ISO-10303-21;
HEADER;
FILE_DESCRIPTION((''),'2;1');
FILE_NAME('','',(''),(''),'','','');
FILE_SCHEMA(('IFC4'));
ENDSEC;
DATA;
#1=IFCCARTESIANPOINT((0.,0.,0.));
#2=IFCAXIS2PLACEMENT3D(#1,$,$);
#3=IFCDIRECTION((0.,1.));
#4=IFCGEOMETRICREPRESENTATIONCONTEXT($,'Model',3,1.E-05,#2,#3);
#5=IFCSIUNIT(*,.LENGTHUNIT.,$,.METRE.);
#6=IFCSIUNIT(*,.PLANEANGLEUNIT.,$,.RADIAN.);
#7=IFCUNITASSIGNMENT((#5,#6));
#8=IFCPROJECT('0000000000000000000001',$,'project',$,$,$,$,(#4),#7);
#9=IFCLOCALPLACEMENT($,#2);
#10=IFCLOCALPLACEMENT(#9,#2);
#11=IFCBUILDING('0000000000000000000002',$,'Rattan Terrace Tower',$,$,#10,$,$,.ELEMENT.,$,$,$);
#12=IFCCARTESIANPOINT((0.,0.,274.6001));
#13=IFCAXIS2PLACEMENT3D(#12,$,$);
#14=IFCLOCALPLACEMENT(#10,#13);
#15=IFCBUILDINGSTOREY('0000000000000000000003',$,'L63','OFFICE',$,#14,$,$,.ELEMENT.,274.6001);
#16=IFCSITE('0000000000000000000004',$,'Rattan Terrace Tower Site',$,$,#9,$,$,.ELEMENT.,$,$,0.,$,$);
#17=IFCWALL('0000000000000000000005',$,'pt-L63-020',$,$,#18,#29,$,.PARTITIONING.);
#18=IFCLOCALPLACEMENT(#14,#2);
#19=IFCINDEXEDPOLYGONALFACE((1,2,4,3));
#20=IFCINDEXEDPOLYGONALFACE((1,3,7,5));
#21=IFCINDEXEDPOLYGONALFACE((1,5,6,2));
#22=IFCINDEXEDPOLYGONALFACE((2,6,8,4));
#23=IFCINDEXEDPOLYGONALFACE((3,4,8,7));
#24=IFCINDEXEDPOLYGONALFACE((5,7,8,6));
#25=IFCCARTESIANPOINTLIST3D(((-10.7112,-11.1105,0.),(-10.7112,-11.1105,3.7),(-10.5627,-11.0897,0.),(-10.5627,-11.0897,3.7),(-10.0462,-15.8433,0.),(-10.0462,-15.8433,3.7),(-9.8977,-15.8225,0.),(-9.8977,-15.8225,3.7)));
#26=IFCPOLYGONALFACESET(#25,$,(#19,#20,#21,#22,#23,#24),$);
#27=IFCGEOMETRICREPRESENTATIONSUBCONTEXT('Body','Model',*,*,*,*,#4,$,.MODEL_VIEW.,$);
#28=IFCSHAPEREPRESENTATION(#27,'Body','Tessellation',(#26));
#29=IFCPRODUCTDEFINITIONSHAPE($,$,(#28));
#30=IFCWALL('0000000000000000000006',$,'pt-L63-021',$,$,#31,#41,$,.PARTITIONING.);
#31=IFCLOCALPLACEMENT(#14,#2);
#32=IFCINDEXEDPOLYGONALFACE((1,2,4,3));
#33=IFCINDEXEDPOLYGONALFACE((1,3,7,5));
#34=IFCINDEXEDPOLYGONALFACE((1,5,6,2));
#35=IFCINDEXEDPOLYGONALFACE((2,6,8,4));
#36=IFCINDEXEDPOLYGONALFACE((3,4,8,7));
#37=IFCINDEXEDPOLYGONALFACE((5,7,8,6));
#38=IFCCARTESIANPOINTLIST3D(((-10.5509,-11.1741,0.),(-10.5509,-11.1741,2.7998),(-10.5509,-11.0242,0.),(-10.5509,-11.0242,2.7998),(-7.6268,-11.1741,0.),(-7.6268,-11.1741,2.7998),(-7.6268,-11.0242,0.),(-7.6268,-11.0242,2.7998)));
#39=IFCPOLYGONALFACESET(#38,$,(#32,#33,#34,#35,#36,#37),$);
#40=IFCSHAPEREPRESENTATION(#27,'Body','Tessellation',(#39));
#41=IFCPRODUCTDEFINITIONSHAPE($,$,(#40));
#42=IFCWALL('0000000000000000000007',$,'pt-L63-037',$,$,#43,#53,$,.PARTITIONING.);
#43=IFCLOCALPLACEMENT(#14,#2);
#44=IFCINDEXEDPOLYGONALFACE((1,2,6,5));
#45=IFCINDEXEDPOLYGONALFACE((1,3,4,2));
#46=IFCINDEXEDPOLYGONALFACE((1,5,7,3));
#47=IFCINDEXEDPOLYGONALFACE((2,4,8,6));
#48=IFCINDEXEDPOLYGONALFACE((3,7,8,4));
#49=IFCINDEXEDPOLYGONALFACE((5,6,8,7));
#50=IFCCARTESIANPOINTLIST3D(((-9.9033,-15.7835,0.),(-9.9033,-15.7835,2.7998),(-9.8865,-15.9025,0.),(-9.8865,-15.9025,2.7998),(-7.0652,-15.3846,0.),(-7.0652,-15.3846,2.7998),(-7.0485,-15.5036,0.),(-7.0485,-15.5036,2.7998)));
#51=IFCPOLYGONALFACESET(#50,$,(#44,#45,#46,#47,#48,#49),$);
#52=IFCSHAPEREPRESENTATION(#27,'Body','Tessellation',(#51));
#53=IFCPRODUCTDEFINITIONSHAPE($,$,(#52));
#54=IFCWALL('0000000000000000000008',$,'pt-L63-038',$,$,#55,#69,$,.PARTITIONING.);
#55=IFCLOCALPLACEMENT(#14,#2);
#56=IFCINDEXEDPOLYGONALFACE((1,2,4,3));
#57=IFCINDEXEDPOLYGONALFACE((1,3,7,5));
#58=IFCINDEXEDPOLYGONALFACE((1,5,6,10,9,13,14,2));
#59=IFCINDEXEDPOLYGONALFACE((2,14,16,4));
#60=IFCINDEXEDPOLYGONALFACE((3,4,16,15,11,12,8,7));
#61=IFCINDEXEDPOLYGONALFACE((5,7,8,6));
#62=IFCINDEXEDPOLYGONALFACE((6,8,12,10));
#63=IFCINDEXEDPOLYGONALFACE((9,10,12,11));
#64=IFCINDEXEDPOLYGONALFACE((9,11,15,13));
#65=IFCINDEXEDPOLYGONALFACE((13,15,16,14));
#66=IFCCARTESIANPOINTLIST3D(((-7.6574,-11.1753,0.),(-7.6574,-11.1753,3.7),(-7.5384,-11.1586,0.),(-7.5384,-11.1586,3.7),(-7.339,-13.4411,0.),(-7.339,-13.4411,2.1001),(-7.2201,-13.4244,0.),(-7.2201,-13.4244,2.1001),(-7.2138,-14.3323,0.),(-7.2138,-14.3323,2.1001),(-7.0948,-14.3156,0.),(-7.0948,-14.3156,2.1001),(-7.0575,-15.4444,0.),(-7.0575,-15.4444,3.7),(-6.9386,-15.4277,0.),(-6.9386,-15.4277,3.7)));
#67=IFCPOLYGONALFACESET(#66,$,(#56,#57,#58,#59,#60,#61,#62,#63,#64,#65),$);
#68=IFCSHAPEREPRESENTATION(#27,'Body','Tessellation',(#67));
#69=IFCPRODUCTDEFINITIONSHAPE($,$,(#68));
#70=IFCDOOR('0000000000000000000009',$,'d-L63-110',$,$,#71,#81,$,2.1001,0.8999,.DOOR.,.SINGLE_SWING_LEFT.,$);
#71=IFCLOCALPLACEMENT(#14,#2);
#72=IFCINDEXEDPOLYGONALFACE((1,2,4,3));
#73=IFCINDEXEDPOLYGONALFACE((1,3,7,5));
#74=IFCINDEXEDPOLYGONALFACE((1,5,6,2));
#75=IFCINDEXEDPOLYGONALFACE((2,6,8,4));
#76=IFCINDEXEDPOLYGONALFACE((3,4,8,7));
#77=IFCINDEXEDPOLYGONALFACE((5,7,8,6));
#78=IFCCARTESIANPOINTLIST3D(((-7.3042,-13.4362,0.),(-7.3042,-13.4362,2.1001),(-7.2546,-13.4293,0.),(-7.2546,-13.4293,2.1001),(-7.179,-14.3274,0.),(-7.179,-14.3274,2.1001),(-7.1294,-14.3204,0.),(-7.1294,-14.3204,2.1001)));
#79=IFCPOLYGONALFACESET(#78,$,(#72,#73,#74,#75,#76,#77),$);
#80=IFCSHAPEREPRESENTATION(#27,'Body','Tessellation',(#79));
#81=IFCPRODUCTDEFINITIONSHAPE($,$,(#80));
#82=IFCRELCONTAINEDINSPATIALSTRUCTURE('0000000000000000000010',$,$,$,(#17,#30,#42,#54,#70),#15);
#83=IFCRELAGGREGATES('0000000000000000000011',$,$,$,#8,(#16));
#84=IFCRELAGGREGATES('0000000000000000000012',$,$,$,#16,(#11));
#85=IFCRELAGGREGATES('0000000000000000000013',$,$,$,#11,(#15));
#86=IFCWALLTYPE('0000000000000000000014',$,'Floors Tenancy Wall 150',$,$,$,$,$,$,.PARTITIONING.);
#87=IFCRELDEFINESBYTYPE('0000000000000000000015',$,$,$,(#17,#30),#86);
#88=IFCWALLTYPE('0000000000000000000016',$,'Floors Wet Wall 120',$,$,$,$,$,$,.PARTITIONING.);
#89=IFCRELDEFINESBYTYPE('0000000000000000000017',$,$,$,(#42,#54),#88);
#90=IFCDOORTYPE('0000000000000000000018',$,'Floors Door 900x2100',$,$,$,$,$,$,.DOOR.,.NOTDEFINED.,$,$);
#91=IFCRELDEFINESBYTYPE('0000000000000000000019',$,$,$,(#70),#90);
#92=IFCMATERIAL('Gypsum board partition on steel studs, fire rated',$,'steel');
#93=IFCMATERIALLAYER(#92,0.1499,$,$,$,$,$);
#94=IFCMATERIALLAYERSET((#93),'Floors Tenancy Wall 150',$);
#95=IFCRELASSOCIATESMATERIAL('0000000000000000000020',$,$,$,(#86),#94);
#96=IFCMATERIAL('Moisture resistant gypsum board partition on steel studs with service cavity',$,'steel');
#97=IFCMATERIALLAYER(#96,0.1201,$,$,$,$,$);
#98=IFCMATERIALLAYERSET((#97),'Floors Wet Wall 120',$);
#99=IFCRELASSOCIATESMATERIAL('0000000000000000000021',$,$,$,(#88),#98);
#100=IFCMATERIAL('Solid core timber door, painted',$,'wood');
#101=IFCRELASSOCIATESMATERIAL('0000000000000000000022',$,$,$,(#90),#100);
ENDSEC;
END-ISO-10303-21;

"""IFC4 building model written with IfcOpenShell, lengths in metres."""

from ifc_helpers import new_model, si_unit, direction, frame, frame_2d, origin, place, context, subcontext, project, spatial, rectangle, extrude, material, layer, layer_set, type_object, element, fill, save


model = new_model("IFC4")

# Units and contexts
model_context = context("Model", 3, precision=1e-05, world=origin(), true_north=direction((0.0, 1.0)))
body_context = subcontext(model_context, "Body", "Model", "MODEL_VIEW")
ifc_project = project(units=[si_unit("LENGTHUNIT", "METRE"), si_unit("PLANEANGLEUNIT", "RADIAN")], contexts=[model_context])

# Site, building, storey
site_placement = place(None, origin())
site = spatial("IfcSite", under=ifc_project, at=site_placement, Name="Rattan Terrace Tower Site", CompositionType="ELEMENT", RefElevation=0.0)
building_placement = place(site_placement, origin())
building = spatial("IfcBuilding", under=site, at=building_placement, Name="Rattan Terrace Tower", CompositionType="ELEMENT")
storey_placement = place(building_placement, frame((0.0, 0.0, 274.6001)))
storey = spatial("IfcBuildingStorey", under=building, at=storey_placement, Name="L63", Description="OFFICE", CompositionType="ELEMENT", Elevation=274.6001)

# Shared definitions
ifc_material_1 = material(Name="Gypsum board partition on steel studs, fire rated", Category="steel")
ifc_layer_1 = layer(ifc_material_1, 0.1499)
ifc_layer_set_1 = layer_set([ifc_layer_1], Name="Floors Tenancy Wall 150")
wall_type_1 = type_object("IfcWallType", Name="Floors Tenancy Wall 150", PredefinedType="PARTITIONING", material=ifc_layer_set_1)

# Walls
wall_1_placement = place(storey_placement, frame((-10.637, -11.1001, 0.0), z_axis=(0.0, 0.0, 1.0), x_axis=(0.139147, -0.990272, 0.0)))
element("IfcWall", 1, at=wall_1_placement, inside=storey, type_object=wall_type_1, Name="pt-L63-020", PredefinedType="PARTITIONING", context=body_context, shape_type="SweptSolid", body=[
    extrude(rectangle(XDim=4.7793, YDim=0.1499, at=frame_2d((2.3896, 0.0))), origin(), (0.0, 0.0, 1.0), 3.7),
])
wall_2_placement = place(storey_placement, frame((-7.627, -11.0991, 0.0), z_axis=(0.0, 0.0, 1.0), x_axis=(-1.0, 0.0, 0.0)))
element("IfcWall", 2, at=wall_2_placement, inside=storey, type_object=wall_type_1, Name="pt-L63-021", PredefinedType="PARTITIONING", context=body_context, shape_type="SweptSolid", body=[
    extrude(rectangle(XDim=2.9241, YDim=0.1499, at=frame_2d((1.4619, 0.0))), origin(), (0.0, 0.0, 1.0), 2.7998),
])
ifc_material_2 = material(Name="Moisture resistant gypsum board partition on steel studs with service cavity", Category="steel")
ifc_layer_2 = layer(ifc_material_2, 0.1201)
ifc_layer_set_2 = layer_set([ifc_layer_2], Name="Floors Wet Wall 120")
wall_type_2 = type_object("IfcWallType", Name="Floors Wet Wall 120", PredefinedType="PARTITIONING", material=ifc_layer_set_2)
wall_3_placement = place(storey_placement, frame((-9.895, -15.843, 0.0), z_axis=(0.0, 0.0, 1.0), x_axis=(0.990266, 0.139191, 0.0)))
element("IfcWall", 3, at=wall_3_placement, inside=storey, type_object=wall_type_2, Name="pt-L63-037", PredefinedType="PARTITIONING", context=body_context, shape_type="SweptSolid", body=[
    extrude(rectangle(XDim=2.866, YDim=0.1201, at=frame_2d((1.4331, 0.0))), origin(), (0.0, 0.0, 1.0), 2.7998),
])

# Wall, opening, door
wall_4_placement = place(storey_placement, frame((-6.998, -15.436, 0.0), z_axis=(0.0, 0.0, 1.0), x_axis=(-0.139145, 0.990272, 0.0)))
wall_4 = element("IfcWall", 4, at=wall_4_placement, inside=storey, type_object=wall_type_2, Name="pt-L63-038", PredefinedType="PARTITIONING", context=body_context, shape_type="SweptSolid", body=[
    extrude(rectangle(XDim=4.311, YDim=0.1201, at=frame_2d((2.1555, 0.0))), origin(), (0.0, 0.0, 1.0), 3.7),
])
opening_1_placement = place(wall_4_placement, frame((1.123, 0.0, 0.0)))
opening_1 = element("IfcOpeningElement", 5, at=opening_1_placement, cuts=wall_4, PredefinedType="OPENING", context=body_context, shape_type="SweptSolid", body=[
    extrude(rectangle(XDim=0.8999, YDim=2.1001, at=frame_2d((0.45, 1.05))), frame((0.0, 0.0706, 0.0), z_axis=(0.0, -1.0, 0.0), x_axis=(1.0, 0.0, 0.0)), (0.0, 0.0, 1.0), 0.1411),
])
ifc_material_3 = material(Name="Solid core timber door, painted", Category="wood")
door_type_1 = type_object("IfcDoorType", Name="Floors Door 900x2100", OperationType="NOTDEFINED", PredefinedType="DOOR", material=ifc_material_3)
door_1_placement = place(opening_1_placement, origin())
door_1 = element("IfcDoor", 6, at=door_1_placement, inside=storey, type_object=door_type_1, Name="d-L63-110", OperationType="SINGLE_SWING_LEFT", OverallHeight=2.1001, OverallWidth=0.8999, PredefinedType="DOOR", context=body_context, shape_type="SweptSolid", body=[
    extrude(rectangle(XDim=0.8999, YDim=2.1001, at=frame_2d((0.45, 1.05))), frame((0.0, 0.0249, 0.0), z_axis=(0.0, -1.0, 0.0), x_axis=(1.0, 0.0, 0.0)), (0.0, 0.0, 1.0), 0.05),
])
fill(opening_1, door_1)

save(model, "model.ifc")
